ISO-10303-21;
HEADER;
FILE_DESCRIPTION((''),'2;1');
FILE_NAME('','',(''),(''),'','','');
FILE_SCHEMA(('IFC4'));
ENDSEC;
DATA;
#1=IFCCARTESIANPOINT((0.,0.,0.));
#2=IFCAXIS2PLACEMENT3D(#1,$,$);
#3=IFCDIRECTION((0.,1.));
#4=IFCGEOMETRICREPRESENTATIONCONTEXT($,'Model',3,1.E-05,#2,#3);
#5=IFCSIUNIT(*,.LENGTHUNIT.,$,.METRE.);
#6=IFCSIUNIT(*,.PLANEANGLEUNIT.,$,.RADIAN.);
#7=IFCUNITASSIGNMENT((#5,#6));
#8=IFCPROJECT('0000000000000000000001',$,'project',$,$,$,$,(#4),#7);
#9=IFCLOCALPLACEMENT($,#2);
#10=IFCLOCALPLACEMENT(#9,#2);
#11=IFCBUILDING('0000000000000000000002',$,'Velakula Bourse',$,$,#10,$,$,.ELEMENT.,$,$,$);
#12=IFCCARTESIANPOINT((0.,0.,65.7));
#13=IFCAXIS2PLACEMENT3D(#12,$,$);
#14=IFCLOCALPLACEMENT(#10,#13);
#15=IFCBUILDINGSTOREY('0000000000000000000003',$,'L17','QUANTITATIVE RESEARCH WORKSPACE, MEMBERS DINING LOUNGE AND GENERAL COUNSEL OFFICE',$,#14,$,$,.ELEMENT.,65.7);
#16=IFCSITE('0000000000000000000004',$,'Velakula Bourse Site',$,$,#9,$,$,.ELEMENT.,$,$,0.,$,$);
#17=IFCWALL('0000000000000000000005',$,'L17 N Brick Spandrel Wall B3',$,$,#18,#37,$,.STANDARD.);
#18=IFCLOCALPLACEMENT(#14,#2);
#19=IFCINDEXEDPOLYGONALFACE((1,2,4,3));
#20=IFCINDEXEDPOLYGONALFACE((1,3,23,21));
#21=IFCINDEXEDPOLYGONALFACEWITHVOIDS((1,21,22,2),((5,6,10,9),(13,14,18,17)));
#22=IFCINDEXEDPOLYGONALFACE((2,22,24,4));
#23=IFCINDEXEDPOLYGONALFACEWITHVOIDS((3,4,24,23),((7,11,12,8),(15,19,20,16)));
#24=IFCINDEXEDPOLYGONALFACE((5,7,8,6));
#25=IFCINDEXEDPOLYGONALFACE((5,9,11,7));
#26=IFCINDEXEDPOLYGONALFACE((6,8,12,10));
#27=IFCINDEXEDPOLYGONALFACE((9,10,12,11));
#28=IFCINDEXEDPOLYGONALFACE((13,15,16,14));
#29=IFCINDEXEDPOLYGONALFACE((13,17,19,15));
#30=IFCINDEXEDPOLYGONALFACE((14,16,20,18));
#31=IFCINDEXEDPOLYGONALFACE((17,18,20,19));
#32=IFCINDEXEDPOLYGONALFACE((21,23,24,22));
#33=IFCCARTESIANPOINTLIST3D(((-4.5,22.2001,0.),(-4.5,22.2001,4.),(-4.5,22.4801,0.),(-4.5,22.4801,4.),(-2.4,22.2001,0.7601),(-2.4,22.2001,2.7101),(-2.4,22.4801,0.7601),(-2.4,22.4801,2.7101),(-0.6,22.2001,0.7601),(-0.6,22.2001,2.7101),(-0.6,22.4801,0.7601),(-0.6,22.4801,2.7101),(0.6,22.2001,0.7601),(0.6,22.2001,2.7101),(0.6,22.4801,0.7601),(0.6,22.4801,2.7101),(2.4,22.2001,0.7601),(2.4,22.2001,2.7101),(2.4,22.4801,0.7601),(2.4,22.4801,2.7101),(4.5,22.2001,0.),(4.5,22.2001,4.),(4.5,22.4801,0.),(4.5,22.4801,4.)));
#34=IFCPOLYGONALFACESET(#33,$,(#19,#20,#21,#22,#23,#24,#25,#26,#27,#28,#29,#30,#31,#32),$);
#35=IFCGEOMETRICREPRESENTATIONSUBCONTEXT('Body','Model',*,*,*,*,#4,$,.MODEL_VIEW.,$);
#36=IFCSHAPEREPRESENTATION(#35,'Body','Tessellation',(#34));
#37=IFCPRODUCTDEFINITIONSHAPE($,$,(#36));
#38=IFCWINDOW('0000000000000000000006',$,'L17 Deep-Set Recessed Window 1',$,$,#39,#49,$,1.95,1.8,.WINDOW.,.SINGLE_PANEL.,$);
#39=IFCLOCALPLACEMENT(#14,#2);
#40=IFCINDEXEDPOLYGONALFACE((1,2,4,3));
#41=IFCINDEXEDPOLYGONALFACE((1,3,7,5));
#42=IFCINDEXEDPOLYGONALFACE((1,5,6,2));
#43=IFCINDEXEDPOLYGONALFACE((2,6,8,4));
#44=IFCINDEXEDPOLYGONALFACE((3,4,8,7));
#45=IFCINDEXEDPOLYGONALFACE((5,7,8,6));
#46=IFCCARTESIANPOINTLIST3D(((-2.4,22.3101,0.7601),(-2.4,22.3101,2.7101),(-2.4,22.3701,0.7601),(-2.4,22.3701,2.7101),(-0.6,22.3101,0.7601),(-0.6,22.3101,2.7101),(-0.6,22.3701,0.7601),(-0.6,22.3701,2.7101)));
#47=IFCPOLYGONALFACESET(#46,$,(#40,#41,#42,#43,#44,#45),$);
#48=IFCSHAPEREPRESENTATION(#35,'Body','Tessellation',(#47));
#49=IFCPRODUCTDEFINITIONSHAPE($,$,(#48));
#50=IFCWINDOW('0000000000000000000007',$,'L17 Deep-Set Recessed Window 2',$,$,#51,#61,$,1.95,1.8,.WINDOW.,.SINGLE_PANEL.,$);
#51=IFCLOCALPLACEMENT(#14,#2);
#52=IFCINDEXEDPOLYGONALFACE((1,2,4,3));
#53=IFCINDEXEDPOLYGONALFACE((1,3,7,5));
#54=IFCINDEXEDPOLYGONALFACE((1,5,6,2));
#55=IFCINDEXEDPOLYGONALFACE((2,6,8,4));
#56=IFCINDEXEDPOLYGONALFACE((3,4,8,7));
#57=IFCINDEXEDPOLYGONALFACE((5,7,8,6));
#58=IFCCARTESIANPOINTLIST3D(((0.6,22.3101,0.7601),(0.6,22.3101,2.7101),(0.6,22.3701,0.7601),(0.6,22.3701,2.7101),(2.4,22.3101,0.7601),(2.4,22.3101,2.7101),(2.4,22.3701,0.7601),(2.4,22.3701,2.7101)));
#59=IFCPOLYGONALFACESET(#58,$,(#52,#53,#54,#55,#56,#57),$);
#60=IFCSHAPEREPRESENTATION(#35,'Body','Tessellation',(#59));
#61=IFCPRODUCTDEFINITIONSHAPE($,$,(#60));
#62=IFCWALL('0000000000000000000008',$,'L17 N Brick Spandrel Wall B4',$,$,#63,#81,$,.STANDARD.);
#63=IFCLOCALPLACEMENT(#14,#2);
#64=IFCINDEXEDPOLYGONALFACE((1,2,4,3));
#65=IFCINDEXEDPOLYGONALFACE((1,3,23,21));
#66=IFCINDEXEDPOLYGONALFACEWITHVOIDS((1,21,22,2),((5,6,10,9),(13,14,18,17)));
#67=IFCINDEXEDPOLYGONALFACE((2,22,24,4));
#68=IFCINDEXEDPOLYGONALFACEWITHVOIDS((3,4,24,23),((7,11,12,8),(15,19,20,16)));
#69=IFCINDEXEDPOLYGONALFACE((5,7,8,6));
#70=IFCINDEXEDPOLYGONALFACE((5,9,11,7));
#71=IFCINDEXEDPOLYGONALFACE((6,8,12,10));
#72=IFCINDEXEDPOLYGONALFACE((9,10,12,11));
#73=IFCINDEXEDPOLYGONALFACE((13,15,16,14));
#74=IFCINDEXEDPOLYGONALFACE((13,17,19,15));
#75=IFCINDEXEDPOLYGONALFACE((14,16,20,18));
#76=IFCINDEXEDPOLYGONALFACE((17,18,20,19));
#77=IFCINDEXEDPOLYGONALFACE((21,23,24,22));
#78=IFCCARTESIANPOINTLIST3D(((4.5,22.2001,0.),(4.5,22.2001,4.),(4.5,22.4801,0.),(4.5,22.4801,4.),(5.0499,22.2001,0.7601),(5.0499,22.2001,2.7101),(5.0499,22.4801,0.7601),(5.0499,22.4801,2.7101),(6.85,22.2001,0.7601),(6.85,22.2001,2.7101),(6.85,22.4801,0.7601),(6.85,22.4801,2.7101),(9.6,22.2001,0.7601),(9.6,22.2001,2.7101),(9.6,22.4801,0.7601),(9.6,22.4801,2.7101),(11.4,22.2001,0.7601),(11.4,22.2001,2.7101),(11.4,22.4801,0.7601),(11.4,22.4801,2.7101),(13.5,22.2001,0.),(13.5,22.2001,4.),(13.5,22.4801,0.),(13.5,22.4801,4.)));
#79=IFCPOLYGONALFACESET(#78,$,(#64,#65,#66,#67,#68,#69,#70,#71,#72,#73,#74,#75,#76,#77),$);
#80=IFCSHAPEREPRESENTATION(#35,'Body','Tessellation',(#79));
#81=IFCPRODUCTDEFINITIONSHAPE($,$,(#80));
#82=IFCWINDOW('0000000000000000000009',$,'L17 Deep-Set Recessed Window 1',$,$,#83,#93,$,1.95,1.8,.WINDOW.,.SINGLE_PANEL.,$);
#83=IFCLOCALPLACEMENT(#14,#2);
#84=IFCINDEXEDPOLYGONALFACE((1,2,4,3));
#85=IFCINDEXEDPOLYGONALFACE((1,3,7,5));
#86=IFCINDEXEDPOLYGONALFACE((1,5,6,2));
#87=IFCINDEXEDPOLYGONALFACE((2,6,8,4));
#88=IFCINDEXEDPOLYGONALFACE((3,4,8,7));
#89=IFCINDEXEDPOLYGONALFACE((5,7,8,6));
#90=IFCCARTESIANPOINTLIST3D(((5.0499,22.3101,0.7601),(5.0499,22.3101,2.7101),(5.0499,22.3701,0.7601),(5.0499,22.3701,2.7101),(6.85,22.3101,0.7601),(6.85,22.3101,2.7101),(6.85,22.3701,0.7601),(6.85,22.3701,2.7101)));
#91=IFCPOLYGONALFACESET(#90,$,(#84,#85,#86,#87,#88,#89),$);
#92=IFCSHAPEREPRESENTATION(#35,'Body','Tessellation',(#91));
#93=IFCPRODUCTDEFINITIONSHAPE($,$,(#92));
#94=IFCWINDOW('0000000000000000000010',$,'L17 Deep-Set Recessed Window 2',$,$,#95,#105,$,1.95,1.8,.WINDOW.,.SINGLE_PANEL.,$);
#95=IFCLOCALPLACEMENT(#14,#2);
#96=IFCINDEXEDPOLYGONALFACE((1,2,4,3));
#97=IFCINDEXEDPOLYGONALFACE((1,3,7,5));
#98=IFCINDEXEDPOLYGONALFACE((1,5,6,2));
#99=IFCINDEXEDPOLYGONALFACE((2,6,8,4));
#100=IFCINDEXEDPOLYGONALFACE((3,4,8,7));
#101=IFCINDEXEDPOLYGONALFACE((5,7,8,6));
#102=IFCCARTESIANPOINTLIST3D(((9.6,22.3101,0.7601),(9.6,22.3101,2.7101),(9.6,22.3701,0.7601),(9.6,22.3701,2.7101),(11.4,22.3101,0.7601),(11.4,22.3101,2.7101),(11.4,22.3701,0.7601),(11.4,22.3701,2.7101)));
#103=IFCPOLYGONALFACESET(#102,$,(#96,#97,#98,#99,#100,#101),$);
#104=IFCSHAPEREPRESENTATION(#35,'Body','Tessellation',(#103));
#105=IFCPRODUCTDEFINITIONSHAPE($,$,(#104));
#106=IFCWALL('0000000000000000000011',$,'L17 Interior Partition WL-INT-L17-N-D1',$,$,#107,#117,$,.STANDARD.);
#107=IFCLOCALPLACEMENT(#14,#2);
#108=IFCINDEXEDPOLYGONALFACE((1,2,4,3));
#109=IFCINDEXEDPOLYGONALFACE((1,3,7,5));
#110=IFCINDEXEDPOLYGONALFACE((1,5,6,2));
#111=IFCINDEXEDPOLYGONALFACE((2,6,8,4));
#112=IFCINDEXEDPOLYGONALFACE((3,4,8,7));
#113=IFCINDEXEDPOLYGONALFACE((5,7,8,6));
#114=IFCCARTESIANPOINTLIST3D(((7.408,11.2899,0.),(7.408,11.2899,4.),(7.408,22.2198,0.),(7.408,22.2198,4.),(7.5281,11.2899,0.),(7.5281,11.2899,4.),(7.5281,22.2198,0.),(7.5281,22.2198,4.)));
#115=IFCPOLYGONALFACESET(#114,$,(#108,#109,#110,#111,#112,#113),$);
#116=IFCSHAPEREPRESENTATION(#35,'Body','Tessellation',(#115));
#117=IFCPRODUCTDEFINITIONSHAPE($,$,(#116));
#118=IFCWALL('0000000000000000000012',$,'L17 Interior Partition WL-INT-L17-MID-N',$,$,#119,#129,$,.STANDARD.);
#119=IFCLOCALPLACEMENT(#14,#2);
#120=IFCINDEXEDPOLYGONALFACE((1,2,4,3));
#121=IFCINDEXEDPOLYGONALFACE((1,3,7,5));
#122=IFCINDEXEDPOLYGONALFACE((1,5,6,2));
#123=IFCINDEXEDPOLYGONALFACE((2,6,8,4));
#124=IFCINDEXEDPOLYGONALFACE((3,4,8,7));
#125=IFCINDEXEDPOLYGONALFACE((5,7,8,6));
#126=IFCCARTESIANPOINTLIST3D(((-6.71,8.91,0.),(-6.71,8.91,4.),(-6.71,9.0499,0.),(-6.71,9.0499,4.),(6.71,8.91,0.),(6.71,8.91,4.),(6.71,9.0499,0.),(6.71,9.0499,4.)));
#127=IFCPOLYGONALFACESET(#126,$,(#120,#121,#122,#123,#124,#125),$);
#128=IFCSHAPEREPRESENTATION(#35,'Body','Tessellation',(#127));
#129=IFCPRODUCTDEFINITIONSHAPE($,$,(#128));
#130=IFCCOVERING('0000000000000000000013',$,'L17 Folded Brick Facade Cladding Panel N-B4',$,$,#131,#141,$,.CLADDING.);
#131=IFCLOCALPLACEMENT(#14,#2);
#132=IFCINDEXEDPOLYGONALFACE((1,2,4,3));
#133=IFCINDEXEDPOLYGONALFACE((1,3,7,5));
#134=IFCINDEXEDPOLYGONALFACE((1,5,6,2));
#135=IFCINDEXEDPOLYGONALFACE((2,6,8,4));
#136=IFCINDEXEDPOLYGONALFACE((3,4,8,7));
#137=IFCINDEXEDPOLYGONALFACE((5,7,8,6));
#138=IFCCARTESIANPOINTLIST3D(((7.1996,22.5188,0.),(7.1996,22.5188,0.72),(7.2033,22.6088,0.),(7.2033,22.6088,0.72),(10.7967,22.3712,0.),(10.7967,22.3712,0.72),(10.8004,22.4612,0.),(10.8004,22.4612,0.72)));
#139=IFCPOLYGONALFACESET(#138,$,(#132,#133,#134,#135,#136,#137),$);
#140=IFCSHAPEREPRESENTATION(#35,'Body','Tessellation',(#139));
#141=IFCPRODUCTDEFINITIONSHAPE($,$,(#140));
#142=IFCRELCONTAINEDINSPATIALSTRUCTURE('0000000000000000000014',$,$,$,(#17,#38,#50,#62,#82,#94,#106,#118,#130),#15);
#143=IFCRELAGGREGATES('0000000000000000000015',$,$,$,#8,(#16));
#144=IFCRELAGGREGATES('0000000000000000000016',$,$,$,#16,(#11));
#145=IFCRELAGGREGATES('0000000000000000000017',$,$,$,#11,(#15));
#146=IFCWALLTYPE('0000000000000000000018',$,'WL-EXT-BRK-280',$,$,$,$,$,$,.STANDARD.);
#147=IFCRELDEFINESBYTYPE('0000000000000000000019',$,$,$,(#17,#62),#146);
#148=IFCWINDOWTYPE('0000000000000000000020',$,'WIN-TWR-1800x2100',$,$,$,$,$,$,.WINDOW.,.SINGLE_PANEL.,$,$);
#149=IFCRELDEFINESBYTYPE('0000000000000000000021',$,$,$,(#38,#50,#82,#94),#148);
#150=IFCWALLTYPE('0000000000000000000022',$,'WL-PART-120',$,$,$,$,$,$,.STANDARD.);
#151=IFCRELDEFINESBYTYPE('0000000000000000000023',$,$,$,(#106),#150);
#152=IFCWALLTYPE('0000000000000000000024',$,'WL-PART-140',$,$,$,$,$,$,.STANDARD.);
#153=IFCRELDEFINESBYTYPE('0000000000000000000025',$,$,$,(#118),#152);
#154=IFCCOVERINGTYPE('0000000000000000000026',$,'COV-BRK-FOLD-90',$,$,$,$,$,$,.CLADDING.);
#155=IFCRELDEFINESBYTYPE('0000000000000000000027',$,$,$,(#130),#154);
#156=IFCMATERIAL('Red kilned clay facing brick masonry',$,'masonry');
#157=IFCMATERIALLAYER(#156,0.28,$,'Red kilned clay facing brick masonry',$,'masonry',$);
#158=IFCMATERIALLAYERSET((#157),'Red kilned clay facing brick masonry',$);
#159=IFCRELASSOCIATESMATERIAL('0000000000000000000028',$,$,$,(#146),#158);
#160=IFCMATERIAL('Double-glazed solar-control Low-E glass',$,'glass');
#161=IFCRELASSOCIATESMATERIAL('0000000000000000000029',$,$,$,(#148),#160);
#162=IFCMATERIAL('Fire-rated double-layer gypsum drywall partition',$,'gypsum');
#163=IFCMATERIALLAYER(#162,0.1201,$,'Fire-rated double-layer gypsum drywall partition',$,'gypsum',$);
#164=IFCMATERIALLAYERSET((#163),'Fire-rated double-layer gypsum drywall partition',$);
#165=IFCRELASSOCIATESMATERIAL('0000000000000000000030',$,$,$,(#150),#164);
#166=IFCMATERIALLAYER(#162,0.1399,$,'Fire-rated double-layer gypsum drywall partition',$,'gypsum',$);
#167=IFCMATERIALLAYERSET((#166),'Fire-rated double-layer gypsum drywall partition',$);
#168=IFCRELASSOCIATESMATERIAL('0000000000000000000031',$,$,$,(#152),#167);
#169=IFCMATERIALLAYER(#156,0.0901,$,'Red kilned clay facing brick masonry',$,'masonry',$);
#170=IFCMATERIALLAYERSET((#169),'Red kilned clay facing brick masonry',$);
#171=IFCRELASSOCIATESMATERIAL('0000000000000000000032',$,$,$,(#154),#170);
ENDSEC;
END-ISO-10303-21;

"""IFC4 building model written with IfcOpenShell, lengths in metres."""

from ifc_helpers import new_model, si_unit, direction, frame, frame_2d, origin, origin_2d, place, context, subcontext, project, spatial, rectangle, extrude, material, layer, layer_set, type_object, element, fill, save


model = new_model("IFC4")

# Units and contexts
model_context = context("Model", 3, precision=1e-05, world=origin(), true_north=direction((0.0, 1.0)))
body_context = subcontext(model_context, "Body", "Model", "MODEL_VIEW")
ifc_project = project(units=[si_unit("LENGTHUNIT", "METRE"), si_unit("PLANEANGLEUNIT", "RADIAN")], contexts=[model_context])

# Site, building, storey
site_placement = place(None, origin())
site = spatial("IfcSite", under=ifc_project, at=site_placement, Name="Velakula Bourse Site", CompositionType="ELEMENT", RefElevation=0.0)
building_placement = place(site_placement, origin())
building = spatial("IfcBuilding", under=site, at=building_placement, Name="Velakula Bourse", CompositionType="ELEMENT")
storey_placement = place(building_placement, frame((0.0, 0.0, 65.7)))
storey = spatial("IfcBuildingStorey", under=building, at=storey_placement, Name="L17", Description="QUANTITATIVE RESEARCH WORKSPACE, MEMBERS DINING LOUNGE AND GENERAL COUNSEL OFFICE", CompositionType="ELEMENT", Elevation=65.7)

# Walls, openings, windows
ifc_material_1 = material(Name="Red kilned clay facing brick masonry", Category="masonry")
ifc_layer_1 = layer(ifc_material_1, 0.28, Name="Red kilned clay facing brick masonry", Category="masonry")
ifc_layer_set_1 = layer_set([ifc_layer_1], Name="Red kilned clay facing brick masonry")
wall_type_1 = type_object("IfcWallType", Name="WL-EXT-BRK-280", PredefinedType="STANDARD", material=ifc_layer_set_1)
wall_1_placement = place(storey_placement, frame((-4.5, 22.3401, 0.0), z_axis=(0.0, 0.0, 1.0), x_axis=(1.0, 0.0, 0.0)))
wall_1 = element("IfcWall", 1, at=wall_1_placement, inside=storey, type_object=wall_type_1, Name="L17 N Brick Spandrel Wall B3", PredefinedType="STANDARD", context=body_context, shape_type="SweptSolid", body=[
    extrude(rectangle(XDim=9.0, YDim=0.28, at=frame_2d((4.5, 0.0))), origin(), (0.0, 0.0, 1.0), 4.0),
])
opening_1_placement = place(wall_1_placement, frame((2.1001, 0.0, 0.76)))
opening_1 = element("IfcOpeningElement", 2, at=opening_1_placement, cuts=wall_1, PredefinedType="OPENING", context=body_context, shape_type="SweptSolid", body=[
    extrude(rectangle(XDim=1.8, YDim=1.95, at=frame_2d((0.8999, 0.9751))), frame((0.0, 0.1499, 0.0), z_axis=(0.0, -1.0, 0.0), x_axis=(1.0, 0.0, 0.0)), (0.0, 0.0, 1.0), 0.3),
])
opening_2_placement = place(wall_1_placement, frame((5.1001, 0.0, 0.76)))
opening_2 = element("IfcOpeningElement", 3, at=opening_2_placement, cuts=wall_1, PredefinedType="OPENING", context=body_context, shape_type="SweptSolid", body=[
    extrude(rectangle(XDim=1.8, YDim=1.95, at=frame_2d((0.8999, 0.9751))), frame((0.0, 0.1499, 0.0), z_axis=(0.0, -1.0, 0.0), x_axis=(1.0, 0.0, 0.0)), (0.0, 0.0, 1.0), 0.3),
])
ifc_material_2 = material(Name="Double-glazed solar-control Low-E glass", Category="glass")
window_type = type_object("IfcWindowType", Name="WIN-TWR-1800x2100", PartitioningType="SINGLE_PANEL", PredefinedType="WINDOW", material=ifc_material_2)
window_1_placement = place(opening_1_placement, origin())
window_1 = element("IfcWindow", 4, at=window_1_placement, inside=storey, type_object=window_type, Name="L17 Deep-Set Recessed Window 1", OverallHeight=1.95, OverallWidth=1.8, PartitioningType="SINGLE_PANEL", PredefinedType="WINDOW", context=body_context, shape_type="SweptSolid", body=[
    extrude(rectangle(XDim=1.8, YDim=1.95, at=frame_2d((0.8999, 0.9751))), frame((0.0, 0.03, 0.0), z_axis=(0.0, -1.0, 0.0), x_axis=(1.0, 0.0, 0.0)), (0.0, 0.0, 1.0), 0.0601),
])
fill(opening_1, window_1)
window_2_placement = place(opening_2_placement, origin())
window_2 = element("IfcWindow", 5, at=window_2_placement, inside=storey, type_object=window_type, Name="L17 Deep-Set Recessed Window 2", OverallHeight=1.95, OverallWidth=1.8, PartitioningType="SINGLE_PANEL", PredefinedType="WINDOW", context=body_context, shape_type="SweptSolid", body=[
    extrude(rectangle(XDim=1.8, YDim=1.95, at=frame_2d((0.8999, 0.9751))), frame((0.0, 0.03, 0.0), z_axis=(0.0, -1.0, 0.0), x_axis=(1.0, 0.0, 0.0)), (0.0, 0.0, 1.0), 0.0601),
])
fill(opening_2, window_2)
wall_2_placement = place(storey_placement, frame((4.5, 22.3401, 0.0), z_axis=(0.0, 0.0, 1.0), x_axis=(1.0, 0.0, 0.0)))
wall_2 = element("IfcWall", 6, at=wall_2_placement, inside=storey, type_object=wall_type_1, Name="L17 N Brick Spandrel Wall B4", PredefinedType="STANDARD", context=body_context, shape_type="SweptSolid", body=[
    extrude(rectangle(XDim=9.0, YDim=0.28, at=frame_2d((4.5, 0.0))), origin(), (0.0, 0.0, 1.0), 4.0),
])
opening_3_placement = place(wall_2_placement, frame((0.55, 0.0, 0.76)))
opening_3 = element("IfcOpeningElement", 7, at=opening_3_placement, cuts=wall_2, PredefinedType="OPENING", context=body_context, shape_type="SweptSolid", body=[
    extrude(rectangle(XDim=1.8, YDim=1.95, at=frame_2d((0.8999, 0.9751))), frame((0.0, 0.1499, 0.0), z_axis=(0.0, -1.0, 0.0), x_axis=(1.0, 0.0, 0.0)), (0.0, 0.0, 1.0), 0.3),
])
opening_4_placement = place(wall_2_placement, frame((5.1001, 0.0, 0.76)))
opening_4 = element("IfcOpeningElement", 8, at=opening_4_placement, cuts=wall_2, PredefinedType="OPENING", context=body_context, shape_type="SweptSolid", body=[
    extrude(rectangle(XDim=1.8, YDim=1.95, at=frame_2d((0.8999, 0.9751))), frame((0.0, 0.1499, 0.0), z_axis=(0.0, -1.0, 0.0), x_axis=(1.0, 0.0, 0.0)), (0.0, 0.0, 1.0), 0.3),
])
window_3_placement = place(opening_3_placement, origin())
window_3 = element("IfcWindow", 9, at=window_3_placement, inside=storey, type_object=window_type, Name="L17 Deep-Set Recessed Window 1", OverallHeight=1.95, OverallWidth=1.8, PartitioningType="SINGLE_PANEL", PredefinedType="WINDOW", context=body_context, shape_type="SweptSolid", body=[
    extrude(rectangle(XDim=1.8, YDim=1.95, at=frame_2d((0.8999, 0.9751))), frame((0.0, 0.03, 0.0), z_axis=(0.0, -1.0, 0.0), x_axis=(1.0, 0.0, 0.0)), (0.0, 0.0, 1.0), 0.0601),
])
fill(opening_3, window_3)
window_4_placement = place(opening_4_placement, origin())
window_4 = element("IfcWindow", 10, at=window_4_placement, inside=storey, type_object=window_type, Name="L17 Deep-Set Recessed Window 2", OverallHeight=1.95, OverallWidth=1.8, PartitioningType="SINGLE_PANEL", PredefinedType="WINDOW", context=body_context, shape_type="SweptSolid", body=[
    extrude(rectangle(XDim=1.8, YDim=1.95, at=frame_2d((0.8999, 0.9751))), frame((0.0, 0.03, 0.0), z_axis=(0.0, -1.0, 0.0), x_axis=(1.0, 0.0, 0.0)), (0.0, 0.0, 1.0), 0.0601),
])
fill(opening_4, window_4)

# Walls
ifc_material_3 = material(Name="Fire-rated double-layer gypsum drywall partition", Category="gypsum")
ifc_layer_2 = layer(ifc_material_3, 0.1201, Name="Fire-rated double-layer gypsum drywall partition", Category="gypsum")
ifc_layer_set_2 = layer_set([ifc_layer_2], Name="Fire-rated double-layer gypsum drywall partition")
wall_type_2 = type_object("IfcWallType", Name="WL-PART-120", PredefinedType="STANDARD", material=ifc_layer_set_2)
wall_3_placement = place(storey_placement, frame((7.468, 11.29, 0.0), z_axis=(0.0, 0.0, 1.0), x_axis=(0.0, 1.0, 0.0)))
element("IfcWall", 11, at=wall_3_placement, inside=storey, type_object=wall_type_2, Name="L17 Interior Partition WL-INT-L17-N-D1", PredefinedType="STANDARD", context=body_context, shape_type="SweptSolid", body=[
    extrude(rectangle(XDim=10.9299, YDim=0.1201, at=frame_2d((5.4648, 0.0))), origin(), (0.0, 0.0, 1.0), 4.0),
])
ifc_layer_3 = layer(ifc_material_3, 0.1399, Name="Fire-rated double-layer gypsum drywall partition", Category="gypsum")
ifc_layer_set_3 = layer_set([ifc_layer_3], Name="Fire-rated double-layer gypsum drywall partition")
wall_type_3 = type_object("IfcWallType", Name="WL-PART-140", PredefinedType="STANDARD", material=ifc_layer_set_3)
wall_4_placement = place(storey_placement, frame((-6.71, 8.98, 0.0), z_axis=(0.0, 0.0, 1.0), x_axis=(1.0, 0.0, 0.0)))
element("IfcWall", 12, at=wall_4_placement, inside=storey, type_object=wall_type_3, Name="L17 Interior Partition WL-INT-L17-MID-N", PredefinedType="STANDARD", context=body_context, shape_type="SweptSolid", body=[
    extrude(rectangle(XDim=13.4199, YDim=0.1399, at=frame_2d((6.71, 0.0))), origin(), (0.0, 0.0, 1.0), 4.0),
])

# Covering
ifc_layer_4 = layer(ifc_material_1, 0.0901, Name="Red kilned clay facing brick masonry", Category="masonry")
ifc_layer_set_4 = layer_set([ifc_layer_4], Name="Red kilned clay facing brick masonry")
covering_type = type_object("IfcCoveringType", Name="COV-BRK-FOLD-90", PredefinedType="CLADDING", material=ifc_layer_set_4)
covering_placement = place(storey_placement, frame((9.0, 22.49, 0.0), z_axis=(0.0, 0.0, 1.0), x_axis=(0.999159, -0.041004, 0.0)))
element("IfcCovering", 13, at=covering_placement, inside=storey, type_object=covering_type, Name="L17 Folded Brick Facade Cladding Panel N-B4", PredefinedType="CLADDING", context=body_context, shape_type="SweptSolid", body=[
    extrude(rectangle(XDim=3.6001, YDim=0.0901, at=origin_2d()), origin(), (0.0, 0.0, 1.0), 0.72),
])

save(model, "model.ifc")
